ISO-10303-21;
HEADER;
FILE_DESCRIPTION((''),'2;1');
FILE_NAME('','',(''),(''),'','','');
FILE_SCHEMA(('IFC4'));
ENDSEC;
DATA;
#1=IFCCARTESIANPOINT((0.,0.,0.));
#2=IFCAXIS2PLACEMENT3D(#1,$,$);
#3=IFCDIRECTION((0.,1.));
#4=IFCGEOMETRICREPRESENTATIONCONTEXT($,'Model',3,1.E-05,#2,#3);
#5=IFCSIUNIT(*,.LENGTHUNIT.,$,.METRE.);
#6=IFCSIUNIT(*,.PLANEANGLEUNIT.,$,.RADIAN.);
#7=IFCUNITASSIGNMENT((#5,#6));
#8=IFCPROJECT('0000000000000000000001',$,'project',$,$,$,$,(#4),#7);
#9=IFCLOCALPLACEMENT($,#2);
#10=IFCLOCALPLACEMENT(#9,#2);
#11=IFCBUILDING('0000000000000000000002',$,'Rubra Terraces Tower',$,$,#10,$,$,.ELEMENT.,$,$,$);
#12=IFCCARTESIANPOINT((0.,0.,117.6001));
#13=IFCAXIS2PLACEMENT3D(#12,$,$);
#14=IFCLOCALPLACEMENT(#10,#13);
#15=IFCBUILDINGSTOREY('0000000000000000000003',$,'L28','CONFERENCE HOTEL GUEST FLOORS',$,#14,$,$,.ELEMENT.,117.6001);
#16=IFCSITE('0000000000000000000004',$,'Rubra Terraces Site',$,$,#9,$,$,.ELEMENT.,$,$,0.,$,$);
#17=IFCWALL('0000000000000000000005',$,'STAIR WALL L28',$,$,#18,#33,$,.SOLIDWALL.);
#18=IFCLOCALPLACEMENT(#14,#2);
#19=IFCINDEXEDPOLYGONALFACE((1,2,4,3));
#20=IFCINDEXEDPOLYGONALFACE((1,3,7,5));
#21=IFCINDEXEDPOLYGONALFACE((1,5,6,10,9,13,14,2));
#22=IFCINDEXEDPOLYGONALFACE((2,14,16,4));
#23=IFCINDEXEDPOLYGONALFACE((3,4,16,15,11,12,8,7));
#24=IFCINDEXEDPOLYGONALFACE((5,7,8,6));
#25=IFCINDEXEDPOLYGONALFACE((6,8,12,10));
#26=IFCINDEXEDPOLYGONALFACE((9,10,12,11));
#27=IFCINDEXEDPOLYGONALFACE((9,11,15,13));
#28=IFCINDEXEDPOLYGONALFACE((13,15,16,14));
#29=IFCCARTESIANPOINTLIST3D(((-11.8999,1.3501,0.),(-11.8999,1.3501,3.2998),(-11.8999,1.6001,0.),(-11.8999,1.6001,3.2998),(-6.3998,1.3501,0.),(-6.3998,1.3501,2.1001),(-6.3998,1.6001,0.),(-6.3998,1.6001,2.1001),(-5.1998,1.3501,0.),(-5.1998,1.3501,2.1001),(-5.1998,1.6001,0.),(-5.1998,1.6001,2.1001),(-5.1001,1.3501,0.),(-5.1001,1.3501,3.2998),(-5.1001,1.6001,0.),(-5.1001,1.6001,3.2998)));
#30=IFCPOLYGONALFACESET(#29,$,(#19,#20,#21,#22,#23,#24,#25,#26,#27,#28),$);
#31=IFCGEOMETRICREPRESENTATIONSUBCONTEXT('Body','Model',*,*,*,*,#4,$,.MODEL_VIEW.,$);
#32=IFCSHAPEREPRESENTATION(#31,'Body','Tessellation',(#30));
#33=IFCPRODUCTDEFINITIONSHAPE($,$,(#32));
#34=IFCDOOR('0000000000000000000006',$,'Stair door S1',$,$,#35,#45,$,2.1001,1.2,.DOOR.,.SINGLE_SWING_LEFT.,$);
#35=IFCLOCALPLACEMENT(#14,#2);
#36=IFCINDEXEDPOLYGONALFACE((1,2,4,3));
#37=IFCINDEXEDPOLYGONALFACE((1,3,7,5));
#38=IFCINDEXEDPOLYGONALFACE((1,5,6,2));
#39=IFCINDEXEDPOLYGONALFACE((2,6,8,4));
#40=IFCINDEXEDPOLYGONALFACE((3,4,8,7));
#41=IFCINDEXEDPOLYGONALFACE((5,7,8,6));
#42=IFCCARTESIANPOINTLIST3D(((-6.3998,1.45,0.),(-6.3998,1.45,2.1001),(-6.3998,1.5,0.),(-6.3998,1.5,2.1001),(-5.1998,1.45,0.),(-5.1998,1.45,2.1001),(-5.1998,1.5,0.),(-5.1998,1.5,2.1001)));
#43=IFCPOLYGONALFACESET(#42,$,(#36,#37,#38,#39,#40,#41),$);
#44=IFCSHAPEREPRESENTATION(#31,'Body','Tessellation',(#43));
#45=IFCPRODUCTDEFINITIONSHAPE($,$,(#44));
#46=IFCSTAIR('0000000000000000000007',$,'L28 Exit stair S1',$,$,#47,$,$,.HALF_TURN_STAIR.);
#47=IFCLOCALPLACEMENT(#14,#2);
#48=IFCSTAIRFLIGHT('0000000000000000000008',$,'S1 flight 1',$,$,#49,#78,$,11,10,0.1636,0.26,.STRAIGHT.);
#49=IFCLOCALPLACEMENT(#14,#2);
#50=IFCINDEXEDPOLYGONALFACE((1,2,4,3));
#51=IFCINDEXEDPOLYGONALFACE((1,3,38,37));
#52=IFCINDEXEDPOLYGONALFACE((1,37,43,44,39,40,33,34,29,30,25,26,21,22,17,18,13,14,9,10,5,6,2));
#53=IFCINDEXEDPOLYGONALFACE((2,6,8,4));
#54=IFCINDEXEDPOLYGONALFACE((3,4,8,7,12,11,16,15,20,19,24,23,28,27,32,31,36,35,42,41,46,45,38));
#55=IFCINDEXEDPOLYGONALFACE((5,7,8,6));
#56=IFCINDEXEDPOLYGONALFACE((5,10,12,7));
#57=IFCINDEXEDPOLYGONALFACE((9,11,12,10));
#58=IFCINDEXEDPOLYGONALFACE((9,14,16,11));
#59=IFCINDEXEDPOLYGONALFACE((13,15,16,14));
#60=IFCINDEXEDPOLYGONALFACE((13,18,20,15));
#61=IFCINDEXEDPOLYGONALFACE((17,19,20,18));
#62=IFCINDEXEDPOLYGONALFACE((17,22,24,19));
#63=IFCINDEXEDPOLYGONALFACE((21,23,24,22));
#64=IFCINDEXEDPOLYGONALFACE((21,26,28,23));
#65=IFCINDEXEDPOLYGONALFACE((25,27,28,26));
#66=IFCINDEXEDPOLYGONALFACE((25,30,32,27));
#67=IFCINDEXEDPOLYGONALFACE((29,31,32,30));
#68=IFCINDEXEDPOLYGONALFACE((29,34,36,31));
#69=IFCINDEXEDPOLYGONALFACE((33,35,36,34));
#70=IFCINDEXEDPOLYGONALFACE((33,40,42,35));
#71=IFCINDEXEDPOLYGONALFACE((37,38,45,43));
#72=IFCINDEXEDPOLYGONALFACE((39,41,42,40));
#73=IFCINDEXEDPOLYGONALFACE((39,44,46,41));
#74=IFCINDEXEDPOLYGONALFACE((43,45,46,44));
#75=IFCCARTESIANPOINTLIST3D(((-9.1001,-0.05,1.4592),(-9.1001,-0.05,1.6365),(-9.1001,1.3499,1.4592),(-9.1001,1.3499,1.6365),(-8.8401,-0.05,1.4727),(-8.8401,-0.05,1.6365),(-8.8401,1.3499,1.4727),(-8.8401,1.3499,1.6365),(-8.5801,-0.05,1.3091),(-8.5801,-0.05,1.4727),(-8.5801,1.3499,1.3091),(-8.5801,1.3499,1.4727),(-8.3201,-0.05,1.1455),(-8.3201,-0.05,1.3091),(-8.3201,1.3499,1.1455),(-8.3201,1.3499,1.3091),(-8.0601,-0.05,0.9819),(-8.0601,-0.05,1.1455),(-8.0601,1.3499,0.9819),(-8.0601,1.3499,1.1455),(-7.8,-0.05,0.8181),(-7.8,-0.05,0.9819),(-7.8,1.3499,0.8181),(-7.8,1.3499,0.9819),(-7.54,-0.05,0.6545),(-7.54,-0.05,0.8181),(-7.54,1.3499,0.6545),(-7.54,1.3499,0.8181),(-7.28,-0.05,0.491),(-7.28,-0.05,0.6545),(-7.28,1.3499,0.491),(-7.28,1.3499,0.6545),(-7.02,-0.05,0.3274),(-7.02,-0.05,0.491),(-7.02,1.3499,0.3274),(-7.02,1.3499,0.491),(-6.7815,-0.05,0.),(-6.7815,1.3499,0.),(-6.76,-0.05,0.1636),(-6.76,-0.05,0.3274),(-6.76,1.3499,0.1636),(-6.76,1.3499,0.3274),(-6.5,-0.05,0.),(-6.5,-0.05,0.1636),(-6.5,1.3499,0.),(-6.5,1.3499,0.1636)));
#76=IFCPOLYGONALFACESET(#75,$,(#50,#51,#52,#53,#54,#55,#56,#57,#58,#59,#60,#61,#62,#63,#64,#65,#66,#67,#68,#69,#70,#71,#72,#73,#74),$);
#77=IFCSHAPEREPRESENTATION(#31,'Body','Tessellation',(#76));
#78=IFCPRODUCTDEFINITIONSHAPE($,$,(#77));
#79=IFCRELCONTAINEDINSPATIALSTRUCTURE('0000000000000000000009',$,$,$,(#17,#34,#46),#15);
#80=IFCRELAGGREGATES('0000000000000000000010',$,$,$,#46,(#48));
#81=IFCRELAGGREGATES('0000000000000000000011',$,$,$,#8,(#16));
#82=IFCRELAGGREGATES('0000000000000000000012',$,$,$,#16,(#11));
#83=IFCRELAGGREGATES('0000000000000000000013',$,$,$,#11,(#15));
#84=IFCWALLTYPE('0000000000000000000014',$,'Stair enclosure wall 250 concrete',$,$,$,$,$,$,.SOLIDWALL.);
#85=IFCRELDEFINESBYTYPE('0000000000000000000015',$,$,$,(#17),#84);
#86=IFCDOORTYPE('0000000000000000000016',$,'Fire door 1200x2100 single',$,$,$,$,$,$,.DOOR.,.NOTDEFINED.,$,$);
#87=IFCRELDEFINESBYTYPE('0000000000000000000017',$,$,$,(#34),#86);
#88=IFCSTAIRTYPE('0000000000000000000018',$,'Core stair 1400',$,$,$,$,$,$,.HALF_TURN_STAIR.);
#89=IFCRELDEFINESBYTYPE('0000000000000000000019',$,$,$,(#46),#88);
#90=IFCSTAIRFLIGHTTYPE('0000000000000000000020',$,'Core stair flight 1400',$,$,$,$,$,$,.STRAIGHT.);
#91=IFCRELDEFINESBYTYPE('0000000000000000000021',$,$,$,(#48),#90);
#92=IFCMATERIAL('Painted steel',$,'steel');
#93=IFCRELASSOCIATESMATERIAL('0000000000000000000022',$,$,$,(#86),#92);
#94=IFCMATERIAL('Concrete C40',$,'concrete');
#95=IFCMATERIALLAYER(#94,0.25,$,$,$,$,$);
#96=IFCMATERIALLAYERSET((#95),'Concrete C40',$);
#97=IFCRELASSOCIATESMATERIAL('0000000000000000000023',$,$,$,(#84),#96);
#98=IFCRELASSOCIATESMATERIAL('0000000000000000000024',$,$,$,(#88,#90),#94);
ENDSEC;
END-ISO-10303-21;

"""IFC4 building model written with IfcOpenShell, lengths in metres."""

from ifc_helpers import new_model, si_unit, direction, frame, frame_2d, origin, place, context, subcontext, project, spatial, polyline, rectangle, outline, extrude, material, layer, layer_set, type_object, element, fill, aggregate, save


model = new_model("IFC4")

# Units and contexts
model_context = context("Model", 3, precision=1e-05, world=origin(), true_north=direction((0.0, 1.0)))
body_context = subcontext(model_context, "Body", "Model", "MODEL_VIEW")
ifc_project = project(units=[si_unit("LENGTHUNIT", "METRE"), si_unit("PLANEANGLEUNIT", "RADIAN")], contexts=[model_context])

# Site, building, storey
site_placement = place(None, origin())
site = spatial("IfcSite", under=ifc_project, at=site_placement, Name="Rubra Terraces Site", CompositionType="ELEMENT", RefElevation=0.0)
building_placement = place(site_placement, origin())
building = spatial("IfcBuilding", under=site, at=building_placement, Name="Rubra Terraces Tower", CompositionType="ELEMENT")
storey_placement = place(building_placement, frame((0.0, 0.0, 117.6001)))
storey = spatial("IfcBuildingStorey", under=building, at=storey_placement, Name="L28", Description="CONFERENCE HOTEL GUEST FLOORS", CompositionType="ELEMENT", Elevation=117.6001)

# Shared definitions
ifc_material_1 = material(Name="Concrete C40", Category="concrete")

# Shared definitions
ifc_material_2 = material(Name="Painted steel", Category="steel")
door_type_1 = type_object("IfcDoorType", Name="Fire door 1200x2100 single", OperationType="NOTDEFINED", PredefinedType="DOOR", material=ifc_material_2)

# Wall, opening, door
ifc_layer_1 = layer(ifc_material_1, 0.25)
ifc_layer_set_1 = layer_set([ifc_layer_1], Name="Concrete C40")
wall_type_1 = type_object("IfcWallType", Name="Stair enclosure wall 250 concrete", PredefinedType="SOLIDWALL", material=ifc_layer_set_1)
wall_1_placement = place(storey_placement, frame((-11.8999, 1.4751, 0.0), z_axis=(0.0, 0.0, 1.0), x_axis=(1.0, 0.0, 0.0)))
wall_1 = element("IfcWall", 1, at=wall_1_placement, inside=storey, type_object=wall_type_1, Name="STAIR WALL L28", PredefinedType="SOLIDWALL", context=body_context, shape_type="SweptSolid", body=[
    extrude(rectangle(XDim=6.7998, YDim=0.25, at=frame_2d((3.3999, 0.0))), origin(), (0.0, 0.0, 1.0), 3.2998),
])
opening_1_placement = place(wall_1_placement, frame((5.5, 0.0, 0.0)))
opening_1 = element("IfcOpeningElement", 2, at=opening_1_placement, cuts=wall_1, PredefinedType="OPENING", context=body_context, shape_type="SweptSolid", body=[
    extrude(rectangle(XDim=1.2, YDim=2.1001, at=frame_2d((0.6001, 1.05))), frame((0.0, 0.135, 0.0), z_axis=(0.0, -1.0, 0.0), x_axis=(1.0, 0.0, 0.0)), (0.0, 0.0, 1.0), 0.27),
])
door_1_placement = place(opening_1_placement, origin())
door_1 = element("IfcDoor", 3, at=door_1_placement, inside=storey, type_object=door_type_1, Name="Stair door S1", OperationType="SINGLE_SWING_LEFT", OverallHeight=2.1001, OverallWidth=1.2, PredefinedType="DOOR", context=body_context, shape_type="SweptSolid", body=[
    extrude(rectangle(XDim=1.2, YDim=2.1001, at=frame_2d((0.6001, 1.05))), frame((0.0, 0.0249, 0.0), z_axis=(0.0, -1.0, 0.0), x_axis=(1.0, 0.0, 0.0)), (0.0, 0.0, 1.0), 0.05),
])
fill(opening_1, door_1)

# Stair, stair flight
stair_type = type_object("IfcStairType", Name="Core stair 1400", PredefinedType="HALF_TURN_STAIR", material=ifc_material_1)
stair_placement = place(storey_placement, origin())
stair = element("IfcStair", 4, at=stair_placement, inside=storey, type_object=stair_type, Name="L28 Exit stair S1", PredefinedType="HALF_TURN_STAIR")
stair_flight_type = type_object("IfcStairFlightType", Name="Core stair flight 1400", PredefinedType="STRAIGHT", material=ifc_material_1)
stair_flight_placement = place(storey_placement, frame((-6.5, 0.6499, 0.0), z_axis=(0.0, 0.0, 1.0), x_axis=(-1.0, 0.0, 0.0)))
stair_flight = element("IfcStairFlight", 5, at=stair_flight_placement, type_object=stair_flight_type, Name="S1 flight 1", NumberOfRisers=11, NumberOfTreads=10, PredefinedType="STRAIGHT", RiserHeight=0.1636, TreadLength=0.26, context=body_context, shape_type="SweptSolid", body=[
    extrude(outline(polyline([(0.0, 0.0), (0.0, 0.1636), (0.26, 0.1636), (0.26, 0.3274), (0.52, 0.3274), (0.52, 0.491), (0.78, 0.491), (0.78, 0.6545), (1.04, 0.6545), (1.04, 0.8181), (1.3, 0.8181), (1.3, 0.9819), (1.5601, 0.9819), (1.5601, 1.1455), (1.8201, 1.1455), (1.8201, 1.3091), (2.0801, 1.3091), (2.0801, 1.4727), (2.3401, 1.4727), (2.3401, 1.6365), (2.6001, 1.6365), (2.6001, 1.8), (2.6001, 1.4592), (0.2815, 0.0), (0.0, 0.0)])), frame((0.0, 0.7, 0.0), z_axis=(0.0, -1.0, 0.0), x_axis=(1.0, 0.0, 0.0)), (0.0, 0.0, 1.0), 1.3999),
])
aggregate(stair, [stair_flight])

save(model, "model.ifc")
